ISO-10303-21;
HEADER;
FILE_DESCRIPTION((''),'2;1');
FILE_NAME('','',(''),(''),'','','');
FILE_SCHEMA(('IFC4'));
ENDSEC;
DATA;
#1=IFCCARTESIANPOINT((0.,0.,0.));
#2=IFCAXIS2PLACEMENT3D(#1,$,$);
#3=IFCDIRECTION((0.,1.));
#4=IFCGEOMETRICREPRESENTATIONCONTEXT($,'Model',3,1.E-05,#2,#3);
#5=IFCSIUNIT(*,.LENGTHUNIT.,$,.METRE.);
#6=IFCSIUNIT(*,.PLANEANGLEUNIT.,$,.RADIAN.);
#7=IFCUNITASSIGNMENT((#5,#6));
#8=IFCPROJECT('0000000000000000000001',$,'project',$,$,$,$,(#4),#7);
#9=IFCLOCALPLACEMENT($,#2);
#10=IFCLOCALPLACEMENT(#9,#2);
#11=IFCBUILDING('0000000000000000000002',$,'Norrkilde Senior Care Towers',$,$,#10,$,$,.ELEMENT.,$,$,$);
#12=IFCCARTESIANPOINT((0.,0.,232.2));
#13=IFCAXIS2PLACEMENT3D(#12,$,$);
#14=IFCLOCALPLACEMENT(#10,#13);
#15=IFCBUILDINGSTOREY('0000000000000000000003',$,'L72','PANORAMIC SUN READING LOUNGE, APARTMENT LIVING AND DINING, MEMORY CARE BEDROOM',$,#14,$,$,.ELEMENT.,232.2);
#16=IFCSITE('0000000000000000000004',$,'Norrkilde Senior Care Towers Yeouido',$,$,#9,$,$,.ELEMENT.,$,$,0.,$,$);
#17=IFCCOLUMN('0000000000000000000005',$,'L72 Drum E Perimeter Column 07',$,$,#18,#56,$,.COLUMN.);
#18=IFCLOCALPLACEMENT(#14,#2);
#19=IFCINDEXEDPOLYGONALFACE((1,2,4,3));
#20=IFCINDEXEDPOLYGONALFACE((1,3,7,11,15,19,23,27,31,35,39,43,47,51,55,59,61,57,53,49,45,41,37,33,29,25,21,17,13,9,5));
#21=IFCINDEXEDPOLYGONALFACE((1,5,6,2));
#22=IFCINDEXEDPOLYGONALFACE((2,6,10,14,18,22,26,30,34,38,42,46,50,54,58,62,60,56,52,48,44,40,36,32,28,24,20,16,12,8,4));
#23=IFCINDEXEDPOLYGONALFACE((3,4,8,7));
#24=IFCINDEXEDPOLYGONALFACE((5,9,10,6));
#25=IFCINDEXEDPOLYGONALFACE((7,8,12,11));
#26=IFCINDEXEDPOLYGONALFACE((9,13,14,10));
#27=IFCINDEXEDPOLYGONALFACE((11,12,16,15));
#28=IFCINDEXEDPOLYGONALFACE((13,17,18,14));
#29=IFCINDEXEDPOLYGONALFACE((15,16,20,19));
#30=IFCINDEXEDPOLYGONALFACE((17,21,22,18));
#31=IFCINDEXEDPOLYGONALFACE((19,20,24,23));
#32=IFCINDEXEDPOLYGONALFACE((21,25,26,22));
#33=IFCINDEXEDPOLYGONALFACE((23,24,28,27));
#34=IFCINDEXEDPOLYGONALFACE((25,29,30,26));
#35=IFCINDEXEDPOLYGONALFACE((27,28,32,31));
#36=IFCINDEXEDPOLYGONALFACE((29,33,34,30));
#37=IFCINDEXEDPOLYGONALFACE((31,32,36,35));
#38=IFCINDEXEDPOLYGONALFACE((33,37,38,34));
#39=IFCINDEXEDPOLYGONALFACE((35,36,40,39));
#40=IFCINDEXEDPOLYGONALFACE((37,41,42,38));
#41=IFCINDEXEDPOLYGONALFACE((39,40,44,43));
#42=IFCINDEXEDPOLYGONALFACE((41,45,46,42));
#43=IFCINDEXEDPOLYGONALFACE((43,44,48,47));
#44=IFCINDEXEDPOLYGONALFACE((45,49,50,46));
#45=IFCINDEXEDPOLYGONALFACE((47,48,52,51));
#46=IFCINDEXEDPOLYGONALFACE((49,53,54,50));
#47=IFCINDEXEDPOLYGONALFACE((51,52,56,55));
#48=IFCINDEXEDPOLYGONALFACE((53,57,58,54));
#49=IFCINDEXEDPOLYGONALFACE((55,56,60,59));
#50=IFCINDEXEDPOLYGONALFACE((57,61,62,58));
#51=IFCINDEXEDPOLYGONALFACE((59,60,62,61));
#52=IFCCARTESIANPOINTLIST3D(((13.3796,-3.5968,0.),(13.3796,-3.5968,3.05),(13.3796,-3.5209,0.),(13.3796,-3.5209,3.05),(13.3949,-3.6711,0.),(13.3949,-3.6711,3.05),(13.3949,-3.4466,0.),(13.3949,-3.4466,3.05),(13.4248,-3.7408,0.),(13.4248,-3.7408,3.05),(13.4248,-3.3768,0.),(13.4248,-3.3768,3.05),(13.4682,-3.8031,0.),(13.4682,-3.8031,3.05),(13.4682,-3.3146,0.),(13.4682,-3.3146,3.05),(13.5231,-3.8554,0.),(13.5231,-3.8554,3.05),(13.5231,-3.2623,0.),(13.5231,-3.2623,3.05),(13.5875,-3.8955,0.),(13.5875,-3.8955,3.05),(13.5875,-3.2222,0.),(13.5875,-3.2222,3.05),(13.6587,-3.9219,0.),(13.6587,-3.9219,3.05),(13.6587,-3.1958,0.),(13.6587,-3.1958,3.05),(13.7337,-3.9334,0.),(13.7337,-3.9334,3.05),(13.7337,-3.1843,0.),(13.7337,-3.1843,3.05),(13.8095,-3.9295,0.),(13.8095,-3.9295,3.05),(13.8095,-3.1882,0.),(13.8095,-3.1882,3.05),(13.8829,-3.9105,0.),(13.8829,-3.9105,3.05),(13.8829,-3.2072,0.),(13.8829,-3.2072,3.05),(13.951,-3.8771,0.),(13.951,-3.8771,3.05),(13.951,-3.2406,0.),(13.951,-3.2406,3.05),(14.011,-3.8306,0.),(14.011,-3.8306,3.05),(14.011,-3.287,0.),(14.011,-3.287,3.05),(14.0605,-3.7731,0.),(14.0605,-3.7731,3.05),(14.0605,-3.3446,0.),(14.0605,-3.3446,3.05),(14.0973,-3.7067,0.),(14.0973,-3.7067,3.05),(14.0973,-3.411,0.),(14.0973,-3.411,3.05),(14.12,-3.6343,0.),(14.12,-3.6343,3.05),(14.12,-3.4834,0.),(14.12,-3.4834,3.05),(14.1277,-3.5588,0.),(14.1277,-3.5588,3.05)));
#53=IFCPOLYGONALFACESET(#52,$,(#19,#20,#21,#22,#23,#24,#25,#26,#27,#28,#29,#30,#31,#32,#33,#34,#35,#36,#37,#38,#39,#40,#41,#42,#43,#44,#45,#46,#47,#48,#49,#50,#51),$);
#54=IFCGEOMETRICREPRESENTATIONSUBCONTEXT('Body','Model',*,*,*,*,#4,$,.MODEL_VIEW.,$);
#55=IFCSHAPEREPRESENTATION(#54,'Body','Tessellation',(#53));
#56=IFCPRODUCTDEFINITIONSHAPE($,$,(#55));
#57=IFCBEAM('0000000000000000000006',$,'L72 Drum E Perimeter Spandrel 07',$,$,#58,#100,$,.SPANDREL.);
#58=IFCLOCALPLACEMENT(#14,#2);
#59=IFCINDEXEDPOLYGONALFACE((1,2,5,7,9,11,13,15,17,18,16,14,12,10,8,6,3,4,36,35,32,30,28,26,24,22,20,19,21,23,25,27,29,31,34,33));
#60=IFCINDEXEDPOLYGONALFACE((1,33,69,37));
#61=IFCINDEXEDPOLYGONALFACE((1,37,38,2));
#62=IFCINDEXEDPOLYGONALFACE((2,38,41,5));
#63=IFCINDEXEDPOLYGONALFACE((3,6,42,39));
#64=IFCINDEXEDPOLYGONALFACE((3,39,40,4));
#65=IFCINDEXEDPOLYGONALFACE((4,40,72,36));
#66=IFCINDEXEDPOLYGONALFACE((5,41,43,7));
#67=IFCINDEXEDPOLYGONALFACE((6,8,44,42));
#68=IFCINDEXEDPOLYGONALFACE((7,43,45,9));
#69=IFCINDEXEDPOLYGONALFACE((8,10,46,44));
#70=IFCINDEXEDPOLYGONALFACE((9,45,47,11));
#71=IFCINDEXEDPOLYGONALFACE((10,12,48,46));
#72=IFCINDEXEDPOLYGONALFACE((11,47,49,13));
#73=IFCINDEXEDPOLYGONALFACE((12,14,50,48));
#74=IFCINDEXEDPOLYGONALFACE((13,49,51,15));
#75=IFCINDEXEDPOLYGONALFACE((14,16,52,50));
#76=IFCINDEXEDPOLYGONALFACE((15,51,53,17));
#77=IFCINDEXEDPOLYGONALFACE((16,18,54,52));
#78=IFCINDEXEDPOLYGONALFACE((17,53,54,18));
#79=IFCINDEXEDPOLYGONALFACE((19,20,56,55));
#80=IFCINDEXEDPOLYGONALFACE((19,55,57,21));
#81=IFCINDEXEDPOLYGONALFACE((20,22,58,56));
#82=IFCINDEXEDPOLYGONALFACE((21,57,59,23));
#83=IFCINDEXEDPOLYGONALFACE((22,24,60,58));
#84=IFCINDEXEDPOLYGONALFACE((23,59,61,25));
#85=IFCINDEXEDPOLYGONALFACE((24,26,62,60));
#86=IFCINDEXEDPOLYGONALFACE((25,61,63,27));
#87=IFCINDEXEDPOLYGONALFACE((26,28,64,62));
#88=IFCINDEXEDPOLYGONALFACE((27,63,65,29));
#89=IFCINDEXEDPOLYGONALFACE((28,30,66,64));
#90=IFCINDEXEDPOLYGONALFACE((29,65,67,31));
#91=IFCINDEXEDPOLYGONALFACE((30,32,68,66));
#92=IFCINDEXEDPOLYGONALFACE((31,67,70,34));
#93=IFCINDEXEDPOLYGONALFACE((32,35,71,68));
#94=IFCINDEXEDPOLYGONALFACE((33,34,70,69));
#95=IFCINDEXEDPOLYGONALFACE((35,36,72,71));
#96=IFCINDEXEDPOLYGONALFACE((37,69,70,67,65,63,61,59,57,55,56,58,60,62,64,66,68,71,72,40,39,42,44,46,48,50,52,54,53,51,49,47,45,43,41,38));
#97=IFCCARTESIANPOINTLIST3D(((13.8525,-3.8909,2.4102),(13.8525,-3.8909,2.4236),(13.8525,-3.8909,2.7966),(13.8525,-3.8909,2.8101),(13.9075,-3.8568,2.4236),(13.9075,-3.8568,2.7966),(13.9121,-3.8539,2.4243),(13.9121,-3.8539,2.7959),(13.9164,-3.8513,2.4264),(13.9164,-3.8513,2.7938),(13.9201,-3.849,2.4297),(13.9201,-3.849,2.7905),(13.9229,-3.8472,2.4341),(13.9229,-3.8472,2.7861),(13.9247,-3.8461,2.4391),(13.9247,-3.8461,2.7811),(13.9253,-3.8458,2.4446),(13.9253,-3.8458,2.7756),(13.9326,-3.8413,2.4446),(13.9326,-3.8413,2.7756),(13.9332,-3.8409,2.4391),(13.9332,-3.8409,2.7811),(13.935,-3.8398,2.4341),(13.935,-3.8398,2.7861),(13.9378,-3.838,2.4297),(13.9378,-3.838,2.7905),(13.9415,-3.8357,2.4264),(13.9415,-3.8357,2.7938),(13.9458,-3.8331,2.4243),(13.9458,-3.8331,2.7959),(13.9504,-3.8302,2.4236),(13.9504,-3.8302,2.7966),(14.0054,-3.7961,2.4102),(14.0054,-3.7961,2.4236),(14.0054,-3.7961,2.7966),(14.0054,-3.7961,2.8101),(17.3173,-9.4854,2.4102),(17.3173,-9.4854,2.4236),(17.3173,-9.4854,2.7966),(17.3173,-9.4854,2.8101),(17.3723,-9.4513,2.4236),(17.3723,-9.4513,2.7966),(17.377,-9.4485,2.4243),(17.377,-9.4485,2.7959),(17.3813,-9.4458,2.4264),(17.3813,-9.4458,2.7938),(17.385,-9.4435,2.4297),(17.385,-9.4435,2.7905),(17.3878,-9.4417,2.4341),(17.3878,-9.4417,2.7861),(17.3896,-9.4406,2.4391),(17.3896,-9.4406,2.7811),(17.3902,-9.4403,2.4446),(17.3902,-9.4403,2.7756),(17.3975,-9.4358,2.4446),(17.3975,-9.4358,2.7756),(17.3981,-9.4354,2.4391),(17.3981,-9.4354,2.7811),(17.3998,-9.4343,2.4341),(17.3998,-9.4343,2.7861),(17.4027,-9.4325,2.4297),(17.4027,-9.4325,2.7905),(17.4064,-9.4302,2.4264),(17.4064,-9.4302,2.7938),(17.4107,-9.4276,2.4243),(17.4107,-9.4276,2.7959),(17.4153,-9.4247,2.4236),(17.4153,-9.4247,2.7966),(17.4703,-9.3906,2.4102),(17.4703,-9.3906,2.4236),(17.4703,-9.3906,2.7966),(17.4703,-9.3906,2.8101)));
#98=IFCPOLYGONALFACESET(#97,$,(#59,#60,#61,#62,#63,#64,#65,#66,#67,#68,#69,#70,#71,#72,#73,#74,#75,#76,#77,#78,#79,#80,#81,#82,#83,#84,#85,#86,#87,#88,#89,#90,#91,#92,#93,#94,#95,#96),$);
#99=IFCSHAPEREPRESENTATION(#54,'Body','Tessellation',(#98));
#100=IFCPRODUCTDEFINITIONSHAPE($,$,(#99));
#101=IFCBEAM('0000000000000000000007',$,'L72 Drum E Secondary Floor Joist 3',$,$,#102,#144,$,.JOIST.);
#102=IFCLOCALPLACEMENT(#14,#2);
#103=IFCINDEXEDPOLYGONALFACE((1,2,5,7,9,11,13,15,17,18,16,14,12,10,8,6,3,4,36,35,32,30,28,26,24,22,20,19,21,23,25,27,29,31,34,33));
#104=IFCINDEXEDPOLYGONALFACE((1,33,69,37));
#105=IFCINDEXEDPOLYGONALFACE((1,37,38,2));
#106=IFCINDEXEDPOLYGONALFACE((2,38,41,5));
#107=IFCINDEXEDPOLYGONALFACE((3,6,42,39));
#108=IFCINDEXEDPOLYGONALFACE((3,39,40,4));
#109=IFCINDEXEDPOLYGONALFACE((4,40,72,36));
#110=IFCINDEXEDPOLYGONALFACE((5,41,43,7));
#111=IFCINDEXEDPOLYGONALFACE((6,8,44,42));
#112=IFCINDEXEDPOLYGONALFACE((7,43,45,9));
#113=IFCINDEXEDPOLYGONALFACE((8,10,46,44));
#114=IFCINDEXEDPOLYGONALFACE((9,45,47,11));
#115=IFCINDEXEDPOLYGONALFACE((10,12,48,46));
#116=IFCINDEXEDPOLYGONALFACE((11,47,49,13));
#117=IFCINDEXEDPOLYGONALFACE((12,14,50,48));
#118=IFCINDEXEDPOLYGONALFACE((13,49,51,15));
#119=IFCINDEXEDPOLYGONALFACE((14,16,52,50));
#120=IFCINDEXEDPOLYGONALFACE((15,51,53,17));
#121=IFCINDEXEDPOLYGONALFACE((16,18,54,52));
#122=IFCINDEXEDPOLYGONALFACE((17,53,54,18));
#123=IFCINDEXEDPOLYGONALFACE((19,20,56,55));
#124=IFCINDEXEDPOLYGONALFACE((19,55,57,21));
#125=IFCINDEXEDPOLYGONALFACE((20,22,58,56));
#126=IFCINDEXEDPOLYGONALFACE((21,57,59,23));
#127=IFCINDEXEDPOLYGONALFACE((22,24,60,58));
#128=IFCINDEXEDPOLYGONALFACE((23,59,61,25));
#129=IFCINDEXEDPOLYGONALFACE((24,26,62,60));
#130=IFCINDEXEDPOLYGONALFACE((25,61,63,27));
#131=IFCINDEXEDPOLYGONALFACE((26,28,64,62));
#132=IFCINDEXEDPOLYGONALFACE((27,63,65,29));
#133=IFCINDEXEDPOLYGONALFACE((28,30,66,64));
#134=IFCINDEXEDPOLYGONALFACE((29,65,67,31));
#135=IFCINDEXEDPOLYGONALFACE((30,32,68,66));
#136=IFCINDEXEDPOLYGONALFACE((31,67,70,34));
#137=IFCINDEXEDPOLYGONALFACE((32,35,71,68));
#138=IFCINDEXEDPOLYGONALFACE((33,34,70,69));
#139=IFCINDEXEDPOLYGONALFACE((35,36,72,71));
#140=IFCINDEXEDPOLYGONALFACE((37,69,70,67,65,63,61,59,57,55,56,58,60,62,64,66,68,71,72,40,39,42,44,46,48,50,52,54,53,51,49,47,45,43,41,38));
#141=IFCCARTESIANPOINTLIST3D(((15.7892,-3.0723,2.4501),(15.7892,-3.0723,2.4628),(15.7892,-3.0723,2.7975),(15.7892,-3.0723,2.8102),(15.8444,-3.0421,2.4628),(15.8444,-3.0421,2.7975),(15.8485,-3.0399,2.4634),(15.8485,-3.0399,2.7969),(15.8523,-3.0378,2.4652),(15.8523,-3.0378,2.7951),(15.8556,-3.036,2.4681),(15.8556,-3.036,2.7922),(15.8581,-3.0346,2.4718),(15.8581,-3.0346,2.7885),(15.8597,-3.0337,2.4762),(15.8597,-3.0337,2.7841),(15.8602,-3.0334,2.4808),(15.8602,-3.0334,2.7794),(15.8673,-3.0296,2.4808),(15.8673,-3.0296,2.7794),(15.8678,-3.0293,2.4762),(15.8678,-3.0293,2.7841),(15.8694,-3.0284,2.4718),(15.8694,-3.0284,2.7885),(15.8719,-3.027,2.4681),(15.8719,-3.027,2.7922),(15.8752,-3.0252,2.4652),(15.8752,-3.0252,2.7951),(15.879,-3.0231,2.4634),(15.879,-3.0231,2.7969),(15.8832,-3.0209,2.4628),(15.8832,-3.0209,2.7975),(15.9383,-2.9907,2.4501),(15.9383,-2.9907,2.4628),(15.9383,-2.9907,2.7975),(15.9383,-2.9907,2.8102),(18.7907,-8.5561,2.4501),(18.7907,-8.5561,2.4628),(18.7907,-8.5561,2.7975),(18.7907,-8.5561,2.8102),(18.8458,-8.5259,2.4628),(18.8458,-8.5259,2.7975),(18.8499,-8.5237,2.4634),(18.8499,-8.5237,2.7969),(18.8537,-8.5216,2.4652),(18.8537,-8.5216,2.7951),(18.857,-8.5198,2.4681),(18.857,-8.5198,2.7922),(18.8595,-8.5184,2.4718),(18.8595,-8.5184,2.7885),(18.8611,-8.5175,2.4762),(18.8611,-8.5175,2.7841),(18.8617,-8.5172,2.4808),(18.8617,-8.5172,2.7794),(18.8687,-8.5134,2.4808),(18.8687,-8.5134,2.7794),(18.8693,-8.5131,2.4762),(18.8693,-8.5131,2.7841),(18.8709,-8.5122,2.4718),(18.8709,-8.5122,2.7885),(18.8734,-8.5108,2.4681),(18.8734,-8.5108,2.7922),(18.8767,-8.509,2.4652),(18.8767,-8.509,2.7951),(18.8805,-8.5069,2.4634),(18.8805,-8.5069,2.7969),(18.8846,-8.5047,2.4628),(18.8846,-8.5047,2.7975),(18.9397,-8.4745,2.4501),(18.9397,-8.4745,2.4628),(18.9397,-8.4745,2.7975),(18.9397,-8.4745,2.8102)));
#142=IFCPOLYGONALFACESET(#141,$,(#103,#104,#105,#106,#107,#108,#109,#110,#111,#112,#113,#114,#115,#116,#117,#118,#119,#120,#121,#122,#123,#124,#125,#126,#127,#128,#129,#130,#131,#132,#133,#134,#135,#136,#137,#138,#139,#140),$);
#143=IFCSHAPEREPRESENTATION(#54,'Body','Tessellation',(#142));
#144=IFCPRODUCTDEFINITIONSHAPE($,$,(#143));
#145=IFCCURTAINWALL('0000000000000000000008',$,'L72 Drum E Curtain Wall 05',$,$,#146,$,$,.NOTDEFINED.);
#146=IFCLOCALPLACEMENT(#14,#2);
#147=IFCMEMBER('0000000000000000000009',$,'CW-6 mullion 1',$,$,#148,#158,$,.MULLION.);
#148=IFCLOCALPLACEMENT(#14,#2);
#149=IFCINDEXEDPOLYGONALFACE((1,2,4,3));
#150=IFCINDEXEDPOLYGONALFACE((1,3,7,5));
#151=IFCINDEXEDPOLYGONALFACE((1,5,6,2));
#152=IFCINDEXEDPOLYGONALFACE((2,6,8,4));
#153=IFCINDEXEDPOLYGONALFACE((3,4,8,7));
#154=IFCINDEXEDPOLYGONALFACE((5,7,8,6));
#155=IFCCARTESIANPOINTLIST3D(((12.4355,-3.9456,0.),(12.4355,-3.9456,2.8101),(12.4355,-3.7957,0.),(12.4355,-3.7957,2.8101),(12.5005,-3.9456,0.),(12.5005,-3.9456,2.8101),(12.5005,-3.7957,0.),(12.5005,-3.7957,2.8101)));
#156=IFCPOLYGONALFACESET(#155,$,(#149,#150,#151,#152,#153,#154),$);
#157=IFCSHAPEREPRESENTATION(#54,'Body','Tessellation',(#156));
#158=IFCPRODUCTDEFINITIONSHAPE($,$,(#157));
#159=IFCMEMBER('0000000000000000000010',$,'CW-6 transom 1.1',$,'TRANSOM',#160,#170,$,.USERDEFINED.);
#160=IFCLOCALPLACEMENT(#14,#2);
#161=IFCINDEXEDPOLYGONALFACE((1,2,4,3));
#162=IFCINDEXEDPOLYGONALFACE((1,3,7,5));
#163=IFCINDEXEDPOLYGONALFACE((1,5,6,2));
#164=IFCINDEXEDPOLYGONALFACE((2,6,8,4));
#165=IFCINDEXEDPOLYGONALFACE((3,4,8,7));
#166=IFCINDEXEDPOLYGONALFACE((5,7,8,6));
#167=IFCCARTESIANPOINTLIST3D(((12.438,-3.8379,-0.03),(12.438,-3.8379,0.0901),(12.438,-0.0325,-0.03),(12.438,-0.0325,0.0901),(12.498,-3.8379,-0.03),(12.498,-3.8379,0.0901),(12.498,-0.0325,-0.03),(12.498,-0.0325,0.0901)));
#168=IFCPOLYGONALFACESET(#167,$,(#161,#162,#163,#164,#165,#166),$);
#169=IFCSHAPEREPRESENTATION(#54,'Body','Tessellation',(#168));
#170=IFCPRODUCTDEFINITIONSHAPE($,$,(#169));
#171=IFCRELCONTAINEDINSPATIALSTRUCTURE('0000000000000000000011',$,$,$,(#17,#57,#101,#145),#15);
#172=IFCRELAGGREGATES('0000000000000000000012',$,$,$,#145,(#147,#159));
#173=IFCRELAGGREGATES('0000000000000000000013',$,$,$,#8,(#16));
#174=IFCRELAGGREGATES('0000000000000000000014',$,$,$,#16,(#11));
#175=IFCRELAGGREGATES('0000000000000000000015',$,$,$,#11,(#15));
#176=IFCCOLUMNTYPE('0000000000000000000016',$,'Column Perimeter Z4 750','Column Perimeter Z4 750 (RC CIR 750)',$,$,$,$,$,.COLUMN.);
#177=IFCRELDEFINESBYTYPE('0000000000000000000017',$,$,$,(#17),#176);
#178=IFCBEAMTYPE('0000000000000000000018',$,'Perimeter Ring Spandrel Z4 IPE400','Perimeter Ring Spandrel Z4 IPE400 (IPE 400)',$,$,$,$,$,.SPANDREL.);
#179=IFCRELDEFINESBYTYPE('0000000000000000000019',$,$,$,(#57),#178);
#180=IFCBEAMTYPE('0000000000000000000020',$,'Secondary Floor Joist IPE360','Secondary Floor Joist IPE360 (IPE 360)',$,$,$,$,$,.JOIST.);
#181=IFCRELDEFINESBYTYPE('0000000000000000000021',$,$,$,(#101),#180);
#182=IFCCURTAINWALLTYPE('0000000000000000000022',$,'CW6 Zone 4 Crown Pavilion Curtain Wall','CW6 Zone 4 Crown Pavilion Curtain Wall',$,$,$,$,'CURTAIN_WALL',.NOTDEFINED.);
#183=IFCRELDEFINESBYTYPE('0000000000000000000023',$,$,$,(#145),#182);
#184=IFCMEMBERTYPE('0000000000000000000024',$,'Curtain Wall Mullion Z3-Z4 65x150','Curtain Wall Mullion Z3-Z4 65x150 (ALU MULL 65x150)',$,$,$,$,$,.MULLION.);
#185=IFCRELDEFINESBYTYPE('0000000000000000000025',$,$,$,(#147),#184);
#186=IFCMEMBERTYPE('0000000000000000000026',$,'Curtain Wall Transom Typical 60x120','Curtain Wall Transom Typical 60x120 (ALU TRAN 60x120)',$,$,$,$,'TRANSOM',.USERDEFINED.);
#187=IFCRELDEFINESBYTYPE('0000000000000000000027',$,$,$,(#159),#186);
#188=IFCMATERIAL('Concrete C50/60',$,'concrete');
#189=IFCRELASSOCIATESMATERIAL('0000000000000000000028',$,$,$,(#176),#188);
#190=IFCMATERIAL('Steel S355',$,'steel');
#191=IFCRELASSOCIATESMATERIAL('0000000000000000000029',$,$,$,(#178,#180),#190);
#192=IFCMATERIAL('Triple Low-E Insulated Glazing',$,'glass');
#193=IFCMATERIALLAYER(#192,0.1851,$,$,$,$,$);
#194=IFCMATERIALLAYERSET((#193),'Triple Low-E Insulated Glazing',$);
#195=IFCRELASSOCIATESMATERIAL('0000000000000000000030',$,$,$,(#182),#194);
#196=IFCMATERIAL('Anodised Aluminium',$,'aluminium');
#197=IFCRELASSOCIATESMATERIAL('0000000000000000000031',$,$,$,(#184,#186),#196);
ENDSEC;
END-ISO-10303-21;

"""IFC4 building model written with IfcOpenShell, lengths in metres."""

from ifc_helpers import new_model, si_unit, direction, frame, origin, origin_2d, place, context, subcontext, project, spatial, rectangle, circle, i_section, extrude, source, transform, mapped, material, layer, layer_set, material_profile, profile_set, type_object, type_shapes, element, aggregate, save


model = new_model("IFC4")

# Units and contexts
model_context = context("Model", 3, precision=1e-05, world=origin(), true_north=direction((0.0, 1.0)))
body_context = subcontext(model_context, "Body", "Model", "MODEL_VIEW")
ifc_project = project(units=[si_unit("LENGTHUNIT", "METRE"), si_unit("PLANEANGLEUNIT", "RADIAN")], contexts=[model_context])

# Site, building, storey
site_placement = place(None, origin())
site = spatial("IfcSite", under=ifc_project, at=site_placement, Name="Norrkilde Senior Care Towers Yeouido", CompositionType="ELEMENT", RefElevation=0.0)
building_placement = place(site_placement, origin())
building = spatial("IfcBuilding", under=site, at=building_placement, Name="Norrkilde Senior Care Towers", CompositionType="ELEMENT")
storey_placement = place(building_placement, frame((0.0, 0.0, 232.2)))
storey = spatial("IfcBuildingStorey", under=building, at=storey_placement, Name="L72", Description="PANORAMIC SUN READING LOUNGE, APARTMENT LIVING AND DINING, MEMORY CARE BEDROOM", CompositionType="ELEMENT", Elevation=232.2)

# Column
ifc_material_1 = material(Name="Concrete C50/60", Category="concrete")
ifc_material_profile_1 = material_profile(ifc_material_1, circle(Radius=0.375, at=origin_2d()), Name="RC CIR 750")
ifc_profile_set_1 = profile_set([ifc_material_profile_1], Name="Concrete C50/60")
column_type = type_object("IfcColumnType", Name="Column Perimeter Z4 750", Description="Column Perimeter Z4 750 (RC CIR 750)", PredefinedType="COLUMN", material=ifc_profile_set_1)
shared_shape_1 = source(origin(), body_context, "Body", "SweptSolid", [
    extrude(circle(Radius=0.375, at=origin_2d()), origin(), (0.0, 0.0, 1.0), 3.05),
])
type_shapes(column_type, [shared_shape_1])
column_placement = place(storey_placement, frame((13.7527, -3.5588, 0.0), z_axis=(0.0, 0.0, 1.0), x_axis=(1.0, 0.0, 0.0)))
element("IfcColumn", 1, at=column_placement, inside=storey, type_object=column_type, Name="L72 Drum E Perimeter Column 07", PredefinedType="COLUMN", context=body_context, shape_type="MappedRepresentation", body=[
    mapped(shared_shape_1, transform((0.0, 0.0, 0.0), x_axis=(1.0, 0.0, 0.0), y_axis=(0.0, 1.0, 0.0), z_axis=(0.0, 0.0, 1.0), scale=1.0)),
])

# Beams
ifc_material_2 = material(Name="Steel S355", Category="steel")
ifc_material_profile_2 = material_profile(ifc_material_2, i_section(OverallWidth=0.1799, OverallDepth=0.3999, WebThickness=0.0085, FlangeThickness=0.0134, FilletRadius=0.021, at=origin_2d()), Name="IPE 400")
ifc_profile_set_2 = profile_set([ifc_material_profile_2], Name="Steel S355")
beam_type_1 = type_object("IfcBeamType", Name="Perimeter Ring Spandrel Z4 IPE400", Description="Perimeter Ring Spandrel Z4 IPE400 (IPE 400)", PredefinedType="SPANDREL", material=ifc_profile_set_2)
shared_shape_2 = source(origin(), body_context, "Body", "SweptSolid", [
    extrude(i_section(OverallWidth=0.1799, OverallDepth=0.3999, WebThickness=0.0085, FlangeThickness=0.0134, FilletRadius=0.021, at=origin_2d()), origin(), (0.0, 0.0, 1.0), 6.5806),
])
type_shapes(beam_type_1, [shared_shape_2])
beam_1_placement = place(storey_placement, frame((13.929, -3.8435, 2.6101), z_axis=(0.52653, -0.850157, 0.0), x_axis=(0.850157, 0.52653, 0.0)))
element("IfcBeam", 2, at=beam_1_placement, inside=storey, type_object=beam_type_1, Name="L72 Drum E Perimeter Spandrel 07", PredefinedType="SPANDREL", context=body_context, shape_type="MappedRepresentation", body=[
    mapped(shared_shape_2, transform((0.0, 0.0, 0.0), x_axis=(1.0, 0.0, 0.0), y_axis=(0.0, 1.0, 0.0), z_axis=(0.0, 0.0, 1.0), scale=1.0)),
])
ifc_material_profile_3 = material_profile(ifc_material_2, i_section(OverallWidth=0.1699, OverallDepth=0.3601, WebThickness=0.0081, FlangeThickness=0.0127, FilletRadius=0.0181, at=origin_2d()), Name="IPE 360")
ifc_profile_set_3 = profile_set([ifc_material_profile_3], Name="Steel S355")
beam_type_2 = type_object("IfcBeamType", Name="Secondary Floor Joist IPE360", Description="Secondary Floor Joist IPE360 (IPE 360)", PredefinedType="JOIST", material=ifc_profile_set_3)
shared_shape_3 = source(origin(), body_context, "Body", "SweptSolid", [
    extrude(i_section(OverallWidth=0.1699, OverallDepth=0.3601, WebThickness=0.0081, FlangeThickness=0.0127, FilletRadius=0.0181, at=origin_2d()), origin(), (0.0, 0.0, 1.0), 6.2515),
])
type_shapes(beam_type_2, [shared_shape_3])
beam_2_placement = place(storey_placement, frame((15.8638, -3.0315, 2.6301), z_axis=(0.480116, -0.877205, 0.0), x_axis=(0.877205, 0.480116, 0.0)))
element("IfcBeam", 3, at=beam_2_placement, inside=storey, type_object=beam_type_2, Name="L72 Drum E Secondary Floor Joist 3", PredefinedType="JOIST", context=body_context, shape_type="MappedRepresentation", body=[
    mapped(shared_shape_3, transform((0.0, 0.0, 0.0), x_axis=(1.0, 0.0, 0.0), y_axis=(0.0, 1.0, 0.0), z_axis=(0.0, 0.0, 1.0), scale=1.0)),
])

# Curtain wall, members
ifc_material_3 = material(Name="Triple Low-E Insulated Glazing", Category="glass")
ifc_layer_1 = layer(ifc_material_3, 0.1851)
ifc_layer_set_1 = layer_set([ifc_layer_1], Name="Triple Low-E Insulated Glazing")
curtain_wall_type = type_object("IfcCurtainWallType", Name="CW6 Zone 4 Crown Pavilion Curtain Wall", Description="CW6 Zone 4 Crown Pavilion Curtain Wall", ElementType="CURTAIN_WALL", PredefinedType="NOTDEFINED", material=ifc_layer_set_1)
curtain_wall_placement = place(storey_placement, origin())
curtain_wall = element("IfcCurtainWall", 4, at=curtain_wall_placement, inside=storey, type_object=curtain_wall_type, Name="L72 Drum E Curtain Wall 05", PredefinedType="NOTDEFINED")
ifc_material_4 = material(Name="Anodised Aluminium", Category="aluminium")
ifc_material_profile_4 = material_profile(ifc_material_4, rectangle(XDim=0.0649, YDim=0.1499, at=origin_2d()), Name="ALU MULL 65x150")
ifc_profile_set_4 = profile_set([ifc_material_profile_4], Name="Anodised Aluminium")
member_type_1 = type_object("IfcMemberType", Name="Curtain Wall Mullion Z3-Z4 65x150", Description="Curtain Wall Mullion Z3-Z4 65x150 (ALU MULL 65x150)", PredefinedType="MULLION", material=ifc_profile_set_4)
shared_shape_4 = source(origin(), body_context, "Body", "SweptSolid", [
    extrude(rectangle(XDim=0.0649, YDim=0.1499, at=origin_2d()), origin(), (0.0, 0.0, 1.0), 2.8101),
])
type_shapes(member_type_1, [shared_shape_4])
member_1_placement = place(storey_placement, frame((12.468, -3.8706, 0.0), z_axis=(0.0, 0.0, 1.0), x_axis=(-1.0, 0.0, 0.0)))
member_1 = element("IfcMember", 5, at=member_1_placement, type_object=member_type_1, Name="CW-6 mullion 1", PredefinedType="MULLION", context=body_context, shape_type="MappedRepresentation", body=[
    mapped(shared_shape_4, transform((0.0, 0.0, 0.0), x_axis=(1.0, 0.0, 0.0), y_axis=(0.0, 1.0, 0.0), z_axis=(0.0, 0.0, 1.0), scale=1.0)),
])
ifc_material_profile_5 = material_profile(ifc_material_4, rectangle(XDim=0.0601, YDim=0.1201, at=origin_2d()), Name="ALU TRAN 60x120")
ifc_profile_set_5 = profile_set([ifc_material_profile_5], Name="Anodised Aluminium")
member_type_2 = type_object("IfcMemberType", Name="Curtain Wall Transom Typical 60x120", Description="Curtain Wall Transom Typical 60x120 (ALU TRAN 60x120)", ElementType="TRANSOM", PredefinedType="USERDEFINED", material=ifc_profile_set_5)
shared_shape_5 = source(origin(), body_context, "Body", "SweptSolid", [
    extrude(rectangle(XDim=0.0601, YDim=0.1201, at=origin_2d()), origin(), (0.0, 0.0, 1.0), 3.8054),
])
type_shapes(member_type_2, [shared_shape_5])
member_2_placement = place(storey_placement, frame((12.468, -3.8379, 0.03), z_axis=(0.0, 1.0, 0.0), x_axis=(-1.0, 0.0, 0.0)))
member_2 = element("IfcMember", 6, at=member_2_placement, type_object=member_type_2, Name="CW-6 transom 1.1", ObjectType="TRANSOM", PredefinedType="USERDEFINED", context=body_context, shape_type="MappedRepresentation", body=[
    mapped(shared_shape_5, transform((0.0, 0.0, 0.0), x_axis=(1.0, 0.0, 0.0), y_axis=(0.0, 1.0, 0.0), z_axis=(0.0, 0.0, 1.0), scale=1.0)),
])
aggregate(curtain_wall, [member_1, member_2])

save(model, "model.ifc")
